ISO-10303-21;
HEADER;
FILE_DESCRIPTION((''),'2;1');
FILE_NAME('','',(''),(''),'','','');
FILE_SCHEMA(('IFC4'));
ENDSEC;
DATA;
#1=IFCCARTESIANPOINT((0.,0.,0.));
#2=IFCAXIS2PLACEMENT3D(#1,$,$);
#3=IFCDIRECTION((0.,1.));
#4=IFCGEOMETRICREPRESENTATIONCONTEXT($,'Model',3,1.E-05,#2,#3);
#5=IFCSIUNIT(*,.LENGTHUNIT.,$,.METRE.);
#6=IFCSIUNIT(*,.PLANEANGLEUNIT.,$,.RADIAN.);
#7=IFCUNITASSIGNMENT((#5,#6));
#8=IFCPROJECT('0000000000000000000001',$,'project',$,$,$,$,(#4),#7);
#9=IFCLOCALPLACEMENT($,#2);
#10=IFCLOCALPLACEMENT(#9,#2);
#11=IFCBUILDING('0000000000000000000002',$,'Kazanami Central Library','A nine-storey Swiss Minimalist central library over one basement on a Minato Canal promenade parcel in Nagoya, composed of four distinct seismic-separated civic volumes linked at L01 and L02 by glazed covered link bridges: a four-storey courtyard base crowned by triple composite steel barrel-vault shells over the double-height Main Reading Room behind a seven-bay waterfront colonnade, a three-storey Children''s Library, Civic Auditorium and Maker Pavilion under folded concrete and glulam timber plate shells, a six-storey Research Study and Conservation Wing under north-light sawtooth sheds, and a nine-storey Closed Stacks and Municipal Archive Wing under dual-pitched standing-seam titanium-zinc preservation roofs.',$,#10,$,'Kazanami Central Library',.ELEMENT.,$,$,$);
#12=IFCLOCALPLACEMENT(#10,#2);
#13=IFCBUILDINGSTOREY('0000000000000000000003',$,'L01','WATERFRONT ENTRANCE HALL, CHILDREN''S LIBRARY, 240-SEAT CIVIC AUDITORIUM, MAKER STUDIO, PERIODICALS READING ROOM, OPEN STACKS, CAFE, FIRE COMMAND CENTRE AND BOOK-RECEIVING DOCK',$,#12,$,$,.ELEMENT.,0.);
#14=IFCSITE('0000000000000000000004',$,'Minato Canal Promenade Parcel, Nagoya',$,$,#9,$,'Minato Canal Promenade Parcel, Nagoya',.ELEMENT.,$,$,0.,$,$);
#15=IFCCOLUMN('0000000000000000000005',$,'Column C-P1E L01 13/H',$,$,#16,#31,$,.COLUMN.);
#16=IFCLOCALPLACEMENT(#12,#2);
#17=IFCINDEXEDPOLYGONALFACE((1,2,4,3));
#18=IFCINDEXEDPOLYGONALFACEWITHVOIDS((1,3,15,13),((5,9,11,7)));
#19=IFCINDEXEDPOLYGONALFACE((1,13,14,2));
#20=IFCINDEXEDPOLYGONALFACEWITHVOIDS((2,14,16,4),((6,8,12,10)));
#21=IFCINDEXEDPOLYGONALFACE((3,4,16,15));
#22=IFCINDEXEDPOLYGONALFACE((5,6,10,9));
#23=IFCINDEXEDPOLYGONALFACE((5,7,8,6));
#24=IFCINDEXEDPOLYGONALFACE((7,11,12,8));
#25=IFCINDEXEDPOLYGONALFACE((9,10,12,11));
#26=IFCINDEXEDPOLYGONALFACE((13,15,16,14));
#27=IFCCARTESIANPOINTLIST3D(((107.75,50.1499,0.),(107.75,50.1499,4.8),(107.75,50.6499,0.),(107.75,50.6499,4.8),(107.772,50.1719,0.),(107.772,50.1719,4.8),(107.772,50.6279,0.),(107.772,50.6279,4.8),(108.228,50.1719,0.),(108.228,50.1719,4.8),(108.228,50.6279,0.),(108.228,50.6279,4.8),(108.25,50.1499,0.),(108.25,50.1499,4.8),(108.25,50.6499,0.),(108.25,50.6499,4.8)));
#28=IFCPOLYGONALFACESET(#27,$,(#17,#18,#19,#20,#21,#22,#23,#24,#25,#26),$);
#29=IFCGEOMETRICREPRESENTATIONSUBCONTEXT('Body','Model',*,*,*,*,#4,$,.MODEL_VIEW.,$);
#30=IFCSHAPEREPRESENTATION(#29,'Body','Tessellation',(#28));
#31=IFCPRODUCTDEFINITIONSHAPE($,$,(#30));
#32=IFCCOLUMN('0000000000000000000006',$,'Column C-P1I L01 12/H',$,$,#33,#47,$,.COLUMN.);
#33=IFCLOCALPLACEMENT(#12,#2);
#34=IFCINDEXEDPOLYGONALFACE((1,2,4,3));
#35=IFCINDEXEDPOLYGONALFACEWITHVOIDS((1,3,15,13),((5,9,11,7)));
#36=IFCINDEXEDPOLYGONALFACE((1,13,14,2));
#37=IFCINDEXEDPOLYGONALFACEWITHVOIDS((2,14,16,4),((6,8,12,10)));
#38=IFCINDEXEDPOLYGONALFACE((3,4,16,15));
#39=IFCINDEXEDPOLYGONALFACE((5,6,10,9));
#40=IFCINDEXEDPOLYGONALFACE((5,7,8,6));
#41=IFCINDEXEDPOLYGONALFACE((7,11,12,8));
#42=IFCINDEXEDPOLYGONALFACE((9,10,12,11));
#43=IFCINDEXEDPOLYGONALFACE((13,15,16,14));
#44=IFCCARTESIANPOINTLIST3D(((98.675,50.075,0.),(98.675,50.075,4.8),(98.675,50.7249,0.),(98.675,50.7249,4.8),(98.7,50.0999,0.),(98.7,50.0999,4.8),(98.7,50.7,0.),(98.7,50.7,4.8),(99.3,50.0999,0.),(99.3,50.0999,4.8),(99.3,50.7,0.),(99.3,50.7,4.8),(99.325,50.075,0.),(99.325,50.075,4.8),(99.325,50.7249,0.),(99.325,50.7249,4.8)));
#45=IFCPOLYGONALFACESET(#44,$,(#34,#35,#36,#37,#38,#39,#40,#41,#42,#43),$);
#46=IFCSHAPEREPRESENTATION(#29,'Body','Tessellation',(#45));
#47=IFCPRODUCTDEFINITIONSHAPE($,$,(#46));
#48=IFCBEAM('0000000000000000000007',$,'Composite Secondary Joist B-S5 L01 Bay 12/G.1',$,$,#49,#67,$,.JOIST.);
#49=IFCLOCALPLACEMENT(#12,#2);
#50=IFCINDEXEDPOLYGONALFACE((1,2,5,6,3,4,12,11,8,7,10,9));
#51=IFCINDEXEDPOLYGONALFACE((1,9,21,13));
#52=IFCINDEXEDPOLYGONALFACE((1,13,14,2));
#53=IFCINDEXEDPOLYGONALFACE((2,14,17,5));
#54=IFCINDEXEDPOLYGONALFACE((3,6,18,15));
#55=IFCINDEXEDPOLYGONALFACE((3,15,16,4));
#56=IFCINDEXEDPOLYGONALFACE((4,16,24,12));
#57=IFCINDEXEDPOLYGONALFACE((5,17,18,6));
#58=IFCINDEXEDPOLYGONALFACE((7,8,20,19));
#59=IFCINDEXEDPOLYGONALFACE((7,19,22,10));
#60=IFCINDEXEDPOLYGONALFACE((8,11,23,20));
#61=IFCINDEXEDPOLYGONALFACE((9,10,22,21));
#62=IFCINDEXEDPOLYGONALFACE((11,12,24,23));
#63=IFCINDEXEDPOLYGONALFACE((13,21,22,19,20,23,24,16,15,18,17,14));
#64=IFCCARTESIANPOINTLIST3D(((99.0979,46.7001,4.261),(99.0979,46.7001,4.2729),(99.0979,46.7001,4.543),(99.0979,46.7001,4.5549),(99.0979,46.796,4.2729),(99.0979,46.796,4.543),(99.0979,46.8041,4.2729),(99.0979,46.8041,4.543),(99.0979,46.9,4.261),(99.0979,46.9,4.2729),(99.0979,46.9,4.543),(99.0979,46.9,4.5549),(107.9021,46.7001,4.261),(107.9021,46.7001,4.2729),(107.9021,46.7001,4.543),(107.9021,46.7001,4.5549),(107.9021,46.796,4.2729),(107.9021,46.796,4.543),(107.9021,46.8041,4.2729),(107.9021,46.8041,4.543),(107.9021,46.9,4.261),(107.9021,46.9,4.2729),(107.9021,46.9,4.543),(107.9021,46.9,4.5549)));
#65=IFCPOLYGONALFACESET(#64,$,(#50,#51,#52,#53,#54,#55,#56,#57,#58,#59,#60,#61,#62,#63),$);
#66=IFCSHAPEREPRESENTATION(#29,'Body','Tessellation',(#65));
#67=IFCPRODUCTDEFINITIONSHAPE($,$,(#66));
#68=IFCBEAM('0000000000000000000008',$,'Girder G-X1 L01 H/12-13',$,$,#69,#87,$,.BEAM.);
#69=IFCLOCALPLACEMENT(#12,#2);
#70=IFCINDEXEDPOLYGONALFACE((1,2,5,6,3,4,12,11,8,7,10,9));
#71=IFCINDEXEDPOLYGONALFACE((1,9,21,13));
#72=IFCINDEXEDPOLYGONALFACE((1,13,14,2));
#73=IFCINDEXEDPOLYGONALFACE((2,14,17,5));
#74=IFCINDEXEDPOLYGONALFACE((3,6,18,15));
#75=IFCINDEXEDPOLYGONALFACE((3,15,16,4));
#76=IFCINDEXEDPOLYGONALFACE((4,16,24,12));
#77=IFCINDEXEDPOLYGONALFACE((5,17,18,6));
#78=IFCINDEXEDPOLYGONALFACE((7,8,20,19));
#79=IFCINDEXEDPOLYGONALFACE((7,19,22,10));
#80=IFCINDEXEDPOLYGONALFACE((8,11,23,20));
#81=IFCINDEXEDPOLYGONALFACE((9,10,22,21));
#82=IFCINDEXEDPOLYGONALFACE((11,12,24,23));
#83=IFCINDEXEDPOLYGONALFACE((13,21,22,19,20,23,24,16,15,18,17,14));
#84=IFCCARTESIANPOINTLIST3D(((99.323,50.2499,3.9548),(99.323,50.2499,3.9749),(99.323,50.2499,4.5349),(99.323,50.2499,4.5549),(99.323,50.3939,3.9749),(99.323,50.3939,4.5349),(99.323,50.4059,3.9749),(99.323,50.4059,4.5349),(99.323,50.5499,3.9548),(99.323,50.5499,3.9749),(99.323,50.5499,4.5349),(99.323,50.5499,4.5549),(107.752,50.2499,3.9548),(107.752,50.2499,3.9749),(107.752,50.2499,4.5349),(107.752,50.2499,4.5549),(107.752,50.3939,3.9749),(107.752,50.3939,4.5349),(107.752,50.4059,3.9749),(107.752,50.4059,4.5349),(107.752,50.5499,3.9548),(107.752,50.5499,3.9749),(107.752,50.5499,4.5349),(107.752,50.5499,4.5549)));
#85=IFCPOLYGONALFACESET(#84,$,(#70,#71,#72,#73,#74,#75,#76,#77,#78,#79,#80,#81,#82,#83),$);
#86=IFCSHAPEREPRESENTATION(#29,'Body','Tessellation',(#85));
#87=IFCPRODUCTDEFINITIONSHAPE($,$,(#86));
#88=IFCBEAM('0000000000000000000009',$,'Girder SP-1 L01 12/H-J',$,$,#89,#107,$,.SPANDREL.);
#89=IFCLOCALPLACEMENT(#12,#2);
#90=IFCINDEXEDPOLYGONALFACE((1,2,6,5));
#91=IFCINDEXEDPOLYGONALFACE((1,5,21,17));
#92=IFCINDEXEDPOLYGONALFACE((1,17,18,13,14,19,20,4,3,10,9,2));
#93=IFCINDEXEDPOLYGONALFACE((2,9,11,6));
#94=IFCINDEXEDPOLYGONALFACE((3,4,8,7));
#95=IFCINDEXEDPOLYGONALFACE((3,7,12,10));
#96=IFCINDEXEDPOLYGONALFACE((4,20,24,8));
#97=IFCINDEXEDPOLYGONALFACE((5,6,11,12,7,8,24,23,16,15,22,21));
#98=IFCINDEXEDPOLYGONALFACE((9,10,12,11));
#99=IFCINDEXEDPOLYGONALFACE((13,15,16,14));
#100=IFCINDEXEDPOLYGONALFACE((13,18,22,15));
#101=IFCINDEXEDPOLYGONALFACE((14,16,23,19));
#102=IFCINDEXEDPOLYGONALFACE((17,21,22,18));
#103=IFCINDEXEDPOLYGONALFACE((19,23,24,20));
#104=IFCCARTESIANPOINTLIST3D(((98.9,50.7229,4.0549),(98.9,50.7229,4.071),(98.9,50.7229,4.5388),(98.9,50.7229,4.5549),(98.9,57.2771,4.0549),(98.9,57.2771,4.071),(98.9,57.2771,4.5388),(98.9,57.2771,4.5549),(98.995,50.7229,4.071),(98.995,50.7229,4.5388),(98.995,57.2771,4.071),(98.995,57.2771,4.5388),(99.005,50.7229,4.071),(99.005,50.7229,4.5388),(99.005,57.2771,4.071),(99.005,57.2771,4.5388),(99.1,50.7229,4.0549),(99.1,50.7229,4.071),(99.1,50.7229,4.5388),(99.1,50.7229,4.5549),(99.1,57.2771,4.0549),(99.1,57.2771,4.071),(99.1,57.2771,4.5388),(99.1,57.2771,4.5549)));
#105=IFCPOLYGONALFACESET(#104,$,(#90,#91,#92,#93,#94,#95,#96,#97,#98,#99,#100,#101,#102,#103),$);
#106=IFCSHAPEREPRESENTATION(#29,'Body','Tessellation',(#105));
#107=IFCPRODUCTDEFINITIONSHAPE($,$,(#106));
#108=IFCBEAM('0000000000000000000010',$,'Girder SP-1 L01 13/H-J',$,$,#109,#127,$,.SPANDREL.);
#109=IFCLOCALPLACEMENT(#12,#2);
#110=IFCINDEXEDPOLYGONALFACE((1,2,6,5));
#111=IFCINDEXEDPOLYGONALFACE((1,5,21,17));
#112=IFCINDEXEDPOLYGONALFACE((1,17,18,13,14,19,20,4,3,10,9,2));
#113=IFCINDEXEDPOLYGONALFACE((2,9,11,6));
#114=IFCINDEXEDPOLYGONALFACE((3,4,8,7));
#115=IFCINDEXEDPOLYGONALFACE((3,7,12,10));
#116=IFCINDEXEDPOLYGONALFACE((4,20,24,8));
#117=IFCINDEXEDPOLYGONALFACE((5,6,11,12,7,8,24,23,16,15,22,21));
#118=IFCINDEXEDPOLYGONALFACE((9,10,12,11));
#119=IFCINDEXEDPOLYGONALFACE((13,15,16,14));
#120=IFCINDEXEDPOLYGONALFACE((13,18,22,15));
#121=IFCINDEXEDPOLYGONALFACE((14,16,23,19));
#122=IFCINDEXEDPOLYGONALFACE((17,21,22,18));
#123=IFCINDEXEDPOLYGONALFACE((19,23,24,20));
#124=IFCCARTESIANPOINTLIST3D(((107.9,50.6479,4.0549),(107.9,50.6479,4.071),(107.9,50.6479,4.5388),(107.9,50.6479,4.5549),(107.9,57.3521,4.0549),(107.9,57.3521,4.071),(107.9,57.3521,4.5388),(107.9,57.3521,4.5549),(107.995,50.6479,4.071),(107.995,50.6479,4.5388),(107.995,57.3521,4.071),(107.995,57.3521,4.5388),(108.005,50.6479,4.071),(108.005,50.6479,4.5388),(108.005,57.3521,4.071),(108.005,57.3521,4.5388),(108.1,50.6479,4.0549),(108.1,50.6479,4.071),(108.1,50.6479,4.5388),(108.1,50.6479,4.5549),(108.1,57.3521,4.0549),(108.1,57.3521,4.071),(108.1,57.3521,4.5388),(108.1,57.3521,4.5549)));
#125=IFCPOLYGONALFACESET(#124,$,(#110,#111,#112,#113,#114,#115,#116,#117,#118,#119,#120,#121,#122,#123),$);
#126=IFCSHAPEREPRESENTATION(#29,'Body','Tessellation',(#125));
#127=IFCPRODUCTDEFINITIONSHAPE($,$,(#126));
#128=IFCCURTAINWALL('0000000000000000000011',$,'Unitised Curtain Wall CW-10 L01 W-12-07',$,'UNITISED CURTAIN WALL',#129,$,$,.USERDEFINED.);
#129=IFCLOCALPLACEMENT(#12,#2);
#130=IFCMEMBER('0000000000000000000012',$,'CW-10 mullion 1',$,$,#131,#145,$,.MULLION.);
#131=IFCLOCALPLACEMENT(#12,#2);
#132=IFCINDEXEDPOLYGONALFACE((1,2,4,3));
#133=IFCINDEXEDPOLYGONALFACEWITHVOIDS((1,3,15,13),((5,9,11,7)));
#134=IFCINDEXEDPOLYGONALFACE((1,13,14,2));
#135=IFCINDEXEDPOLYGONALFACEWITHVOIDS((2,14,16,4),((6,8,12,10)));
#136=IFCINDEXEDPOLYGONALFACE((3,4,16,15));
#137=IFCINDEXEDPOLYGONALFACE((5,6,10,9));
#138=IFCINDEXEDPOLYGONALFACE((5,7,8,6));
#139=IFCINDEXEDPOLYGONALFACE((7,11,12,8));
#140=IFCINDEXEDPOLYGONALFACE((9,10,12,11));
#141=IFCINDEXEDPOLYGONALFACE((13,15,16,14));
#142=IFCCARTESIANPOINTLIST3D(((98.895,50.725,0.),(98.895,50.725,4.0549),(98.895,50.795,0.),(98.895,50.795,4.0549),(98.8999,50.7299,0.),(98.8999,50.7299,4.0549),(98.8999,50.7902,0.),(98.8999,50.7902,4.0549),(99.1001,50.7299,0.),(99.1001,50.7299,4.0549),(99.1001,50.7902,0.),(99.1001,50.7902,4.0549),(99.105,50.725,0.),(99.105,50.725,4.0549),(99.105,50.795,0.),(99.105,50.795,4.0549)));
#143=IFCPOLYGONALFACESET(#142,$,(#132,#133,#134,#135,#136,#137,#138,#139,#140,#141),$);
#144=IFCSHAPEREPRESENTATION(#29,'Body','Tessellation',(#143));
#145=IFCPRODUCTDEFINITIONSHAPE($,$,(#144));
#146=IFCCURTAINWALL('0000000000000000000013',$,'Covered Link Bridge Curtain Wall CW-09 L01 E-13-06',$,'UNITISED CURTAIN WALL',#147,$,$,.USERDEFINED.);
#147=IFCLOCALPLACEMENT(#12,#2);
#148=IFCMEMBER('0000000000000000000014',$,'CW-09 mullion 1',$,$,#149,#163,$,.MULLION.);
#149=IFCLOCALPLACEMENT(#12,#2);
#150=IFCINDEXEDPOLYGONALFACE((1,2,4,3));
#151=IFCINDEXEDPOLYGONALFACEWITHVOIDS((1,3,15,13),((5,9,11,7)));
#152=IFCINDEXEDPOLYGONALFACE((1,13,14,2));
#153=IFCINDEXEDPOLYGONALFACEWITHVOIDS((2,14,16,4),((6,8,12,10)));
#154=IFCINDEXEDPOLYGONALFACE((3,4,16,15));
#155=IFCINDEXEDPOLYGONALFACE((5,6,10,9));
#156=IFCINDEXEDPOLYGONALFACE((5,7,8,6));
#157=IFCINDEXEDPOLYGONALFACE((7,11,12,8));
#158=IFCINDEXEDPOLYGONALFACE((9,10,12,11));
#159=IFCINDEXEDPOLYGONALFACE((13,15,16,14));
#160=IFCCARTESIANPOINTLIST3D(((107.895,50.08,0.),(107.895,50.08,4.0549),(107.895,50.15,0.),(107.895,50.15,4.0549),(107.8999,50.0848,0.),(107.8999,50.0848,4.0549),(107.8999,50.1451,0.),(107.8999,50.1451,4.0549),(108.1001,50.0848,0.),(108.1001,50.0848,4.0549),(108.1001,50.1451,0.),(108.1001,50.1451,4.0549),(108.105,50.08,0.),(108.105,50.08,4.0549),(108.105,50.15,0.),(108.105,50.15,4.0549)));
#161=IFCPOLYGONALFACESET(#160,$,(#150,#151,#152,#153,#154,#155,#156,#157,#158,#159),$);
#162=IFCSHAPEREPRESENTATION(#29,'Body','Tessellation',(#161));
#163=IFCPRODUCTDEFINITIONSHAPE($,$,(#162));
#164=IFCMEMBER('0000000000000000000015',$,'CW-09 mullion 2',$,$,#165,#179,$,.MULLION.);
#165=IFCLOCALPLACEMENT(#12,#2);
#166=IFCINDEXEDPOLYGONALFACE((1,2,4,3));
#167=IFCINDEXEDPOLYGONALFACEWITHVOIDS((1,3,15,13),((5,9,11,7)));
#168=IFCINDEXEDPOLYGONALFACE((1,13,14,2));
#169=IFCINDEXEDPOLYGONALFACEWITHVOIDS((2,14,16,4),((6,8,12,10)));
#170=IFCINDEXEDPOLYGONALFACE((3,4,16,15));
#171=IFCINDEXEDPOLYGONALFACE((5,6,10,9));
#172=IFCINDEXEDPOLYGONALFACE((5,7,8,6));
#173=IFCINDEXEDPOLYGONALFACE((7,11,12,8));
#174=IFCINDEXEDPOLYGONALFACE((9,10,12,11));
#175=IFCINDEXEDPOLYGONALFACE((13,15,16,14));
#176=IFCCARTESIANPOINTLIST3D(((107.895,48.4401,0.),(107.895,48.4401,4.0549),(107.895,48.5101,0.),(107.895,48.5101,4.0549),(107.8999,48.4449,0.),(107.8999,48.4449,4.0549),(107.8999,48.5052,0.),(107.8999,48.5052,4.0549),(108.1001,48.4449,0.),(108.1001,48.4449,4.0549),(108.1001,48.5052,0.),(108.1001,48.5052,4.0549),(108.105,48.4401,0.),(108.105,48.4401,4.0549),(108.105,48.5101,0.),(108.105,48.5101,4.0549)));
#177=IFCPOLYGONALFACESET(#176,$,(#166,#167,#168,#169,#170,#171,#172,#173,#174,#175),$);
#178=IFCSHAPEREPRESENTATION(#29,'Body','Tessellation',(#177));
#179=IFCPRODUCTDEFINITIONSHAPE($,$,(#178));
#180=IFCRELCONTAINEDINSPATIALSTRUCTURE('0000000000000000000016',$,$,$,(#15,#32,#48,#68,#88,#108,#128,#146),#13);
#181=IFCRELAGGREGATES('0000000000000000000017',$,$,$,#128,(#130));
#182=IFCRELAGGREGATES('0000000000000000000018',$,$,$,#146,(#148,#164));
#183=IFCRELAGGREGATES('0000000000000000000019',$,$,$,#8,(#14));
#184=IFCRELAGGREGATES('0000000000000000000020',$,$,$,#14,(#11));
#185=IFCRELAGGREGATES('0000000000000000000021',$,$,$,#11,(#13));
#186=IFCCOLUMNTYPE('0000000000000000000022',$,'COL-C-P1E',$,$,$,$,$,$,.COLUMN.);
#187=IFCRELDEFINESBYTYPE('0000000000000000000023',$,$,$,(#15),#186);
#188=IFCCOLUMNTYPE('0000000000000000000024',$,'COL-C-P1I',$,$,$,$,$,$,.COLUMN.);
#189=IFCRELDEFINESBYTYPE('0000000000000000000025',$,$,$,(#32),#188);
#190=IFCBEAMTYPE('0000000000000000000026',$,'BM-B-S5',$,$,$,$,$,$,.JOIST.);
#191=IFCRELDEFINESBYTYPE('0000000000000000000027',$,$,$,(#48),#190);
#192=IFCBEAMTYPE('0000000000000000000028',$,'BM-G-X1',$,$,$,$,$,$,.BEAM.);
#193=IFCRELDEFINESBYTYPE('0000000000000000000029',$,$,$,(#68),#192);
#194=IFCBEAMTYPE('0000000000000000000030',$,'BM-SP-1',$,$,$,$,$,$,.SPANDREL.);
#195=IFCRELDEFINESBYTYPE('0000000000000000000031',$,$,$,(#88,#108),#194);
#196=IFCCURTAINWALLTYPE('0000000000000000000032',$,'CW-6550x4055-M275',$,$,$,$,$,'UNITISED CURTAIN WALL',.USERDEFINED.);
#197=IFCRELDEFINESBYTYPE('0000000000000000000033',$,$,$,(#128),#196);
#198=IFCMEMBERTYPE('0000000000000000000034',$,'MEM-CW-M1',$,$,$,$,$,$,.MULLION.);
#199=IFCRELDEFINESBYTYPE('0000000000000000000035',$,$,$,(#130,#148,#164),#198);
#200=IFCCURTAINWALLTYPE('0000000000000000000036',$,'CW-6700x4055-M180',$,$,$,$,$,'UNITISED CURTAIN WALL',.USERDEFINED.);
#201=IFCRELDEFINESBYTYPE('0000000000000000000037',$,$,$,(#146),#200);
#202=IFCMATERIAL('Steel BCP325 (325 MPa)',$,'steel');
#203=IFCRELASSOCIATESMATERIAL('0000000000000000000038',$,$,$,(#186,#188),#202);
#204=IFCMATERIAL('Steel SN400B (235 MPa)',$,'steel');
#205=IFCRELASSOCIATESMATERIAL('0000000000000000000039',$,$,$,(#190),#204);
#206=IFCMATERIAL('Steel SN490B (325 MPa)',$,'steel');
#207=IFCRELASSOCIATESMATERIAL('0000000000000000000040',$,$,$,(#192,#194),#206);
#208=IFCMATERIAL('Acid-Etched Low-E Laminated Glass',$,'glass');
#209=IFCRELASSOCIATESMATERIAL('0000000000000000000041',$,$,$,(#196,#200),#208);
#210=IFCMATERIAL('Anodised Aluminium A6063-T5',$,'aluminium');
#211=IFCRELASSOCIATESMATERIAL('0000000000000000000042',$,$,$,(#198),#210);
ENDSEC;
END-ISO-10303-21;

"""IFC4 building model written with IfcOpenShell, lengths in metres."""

from ifc_helpers import new_model, si_unit, direction, frame, origin, origin_2d, place, context, subcontext, project, spatial, hollow_rectangle, i_section, extrude, material, material_profile, profile_set, type_object, element, aggregate, save


model = new_model("IFC4")

# Units and contexts
model_context = context("Model", 3, precision=1e-05, world=origin(), true_north=direction((0.0, 1.0)))
body_context = subcontext(model_context, "Body", "Model", "MODEL_VIEW")
ifc_project = project(units=[si_unit("LENGTHUNIT", "METRE"), si_unit("PLANEANGLEUNIT", "RADIAN")], contexts=[model_context])

# Site, building, storey
site_placement = place(None, origin())
site = spatial("IfcSite", under=ifc_project, at=site_placement, Name="Minato Canal Promenade Parcel, Nagoya", LongName="Minato Canal Promenade Parcel, Nagoya", CompositionType="ELEMENT", RefElevation=0.0)
building_placement = place(site_placement, origin())
building = spatial("IfcBuilding", under=site, at=building_placement, Name="Kazanami Central Library", Description="A nine-storey Swiss Minimalist central library over one basement on a Minato Canal promenade parcel in Nagoya, composed of four distinct seismic-separated civic volumes linked at L01 and L02 by glazed covered link bridges: a four-storey courtyard base crowned by triple composite steel barrel-vault shells over the double-height Main Reading Room behind a seven-bay waterfront colonnade, a three-storey Children's Library, Civic Auditorium and Maker Pavilion under folded concrete and glulam timber plate shells, a six-storey Research Study and Conservation Wing under north-light sawtooth sheds, and a nine-storey Closed Stacks and Municipal Archive Wing under dual-pitched standing-seam titanium-zinc preservation roofs.", LongName="Kazanami Central Library", CompositionType="ELEMENT")
storey_placement = place(building_placement, origin())
storey = spatial("IfcBuildingStorey", under=building, at=storey_placement, Name="L01", Description="WATERFRONT ENTRANCE HALL, CHILDREN'S LIBRARY, 240-SEAT CIVIC AUDITORIUM, MAKER STUDIO, PERIODICALS READING ROOM, OPEN STACKS, CAFE, FIRE COMMAND CENTRE AND BOOK-RECEIVING DOCK", CompositionType="ELEMENT", Elevation=0.0)

# Columns
ifc_material_1 = material(Name="Steel BCP325 (325 MPa)", Category="steel")
ifc_material_profile_1 = material_profile(ifc_material_1, hollow_rectangle(XDim=0.5, YDim=0.5, WallThickness=0.022, at=origin_2d()), Name="BCP-500x500x22")
ifc_profile_set_1 = profile_set([ifc_material_profile_1], Name="Steel BCP325 (325 MPa)")
column_type_1 = type_object("IfcColumnType", Name="COL-C-P1E", PredefinedType="COLUMN", material=ifc_profile_set_1)
column_1_placement = place(storey_placement, frame((108.0, 50.3999, 0.0), z_axis=(0.0, 0.0, 1.0), x_axis=(1.0, 0.0, 0.0)))
element("IfcColumn", 1, at=column_1_placement, inside=storey, type_object=column_type_1, Name="Column C-P1E L01 13/H", PredefinedType="COLUMN", context=body_context, shape_type="SweptSolid", body=[
    extrude(hollow_rectangle(XDim=0.5, YDim=0.5, WallThickness=0.022, at=origin_2d()), origin(), (0.0, 0.0, 1.0), 4.8),
])
ifc_material_profile_2 = material_profile(ifc_material_1, hollow_rectangle(XDim=0.6499, YDim=0.6499, WallThickness=0.0249, at=origin_2d()), Name="BCP-650x650x25")
ifc_profile_set_2 = profile_set([ifc_material_profile_2], Name="Steel BCP325 (325 MPa)")
column_type_2 = type_object("IfcColumnType", Name="COL-C-P1I", PredefinedType="COLUMN", material=ifc_profile_set_2)
column_2_placement = place(storey_placement, frame((99.0, 50.3999, 0.0), z_axis=(0.0, 0.0, 1.0), x_axis=(1.0, 0.0, 0.0)))
element("IfcColumn", 2, at=column_2_placement, inside=storey, type_object=column_type_2, Name="Column C-P1I L01 12/H", PredefinedType="COLUMN", context=body_context, shape_type="SweptSolid", body=[
    extrude(hollow_rectangle(XDim=0.6499, YDim=0.6499, WallThickness=0.0249, at=origin_2d()), origin(), (0.0, 0.0, 1.0), 4.8),
])

# Beams
ifc_material_2 = material(Name="Steel SN400B (235 MPa)", Category="steel")
ifc_material_profile_3 = material_profile(ifc_material_2, i_section(OverallWidth=0.2, OverallDepth=0.2939, WebThickness=0.0081, FlangeThickness=0.012, at=origin_2d()), Name="H-294x200x8x12")
ifc_profile_set_3 = profile_set([ifc_material_profile_3], Name="Steel SN400B (235 MPa)")
beam_type_1 = type_object("IfcBeamType", Name="BM-B-S5", PredefinedType="JOIST", material=ifc_profile_set_3)
beam_1_placement = place(storey_placement, frame((99.0979, 46.8, 4.408), z_axis=(1.0, 0.0, 0.0), x_axis=(0.0, 1.0, 0.0)))
element("IfcBeam", 3, at=beam_1_placement, inside=storey, type_object=beam_type_1, Name="Composite Secondary Joist B-S5 L01 Bay 12/G.1", PredefinedType="JOIST", context=body_context, shape_type="SweptSolid", body=[
    extrude(i_section(OverallWidth=0.2, OverallDepth=0.2939, WebThickness=0.0081, FlangeThickness=0.012, at=origin_2d()), origin(), (0.0, 0.0, 1.0), 8.8042),
])
ifc_material_3 = material(Name="Steel SN490B (325 MPa)", Category="steel")
ifc_material_profile_4 = material_profile(ifc_material_3, i_section(OverallWidth=0.3, OverallDepth=0.6001, WebThickness=0.012, FlangeThickness=0.02, at=origin_2d()), Name="H-600x300x12x20")
ifc_profile_set_4 = profile_set([ifc_material_profile_4], Name="Steel SN490B (325 MPa)")
beam_type_2 = type_object("IfcBeamType", Name="BM-G-X1", PredefinedType="BEAM", material=ifc_profile_set_4)
beam_2_placement = place(storey_placement, frame((99.323, 50.3999, 4.2549), z_axis=(1.0, 0.0, 0.0), x_axis=(0.0, 1.0, 0.0)))
element("IfcBeam", 4, at=beam_2_placement, inside=storey, type_object=beam_type_2, Name="Girder G-X1 L01 H/12-13", PredefinedType="BEAM", context=body_context, shape_type="SweptSolid", body=[
    extrude(i_section(OverallWidth=0.3, OverallDepth=0.6001, WebThickness=0.012, FlangeThickness=0.02, at=origin_2d()), origin(), (0.0, 0.0, 1.0), 8.429),
])
ifc_material_profile_5 = material_profile(ifc_material_3, i_section(OverallWidth=0.2, OverallDepth=0.5, WebThickness=0.01, FlangeThickness=0.0161, at=origin_2d()), Name="H-500x200x10x16")
ifc_profile_set_5 = profile_set([ifc_material_profile_5], Name="Steel SN490B (325 MPa)")
beam_type_3 = type_object("IfcBeamType", Name="BM-SP-1", PredefinedType="SPANDREL", material=ifc_profile_set_5)
beam_3_placement = place(storey_placement, frame((99.0, 50.7229, 4.3049), z_axis=(0.0, 1.0, 0.0), x_axis=(-1.0, 0.0, 0.0)))
element("IfcBeam", 5, at=beam_3_placement, inside=storey, type_object=beam_type_3, Name="Girder SP-1 L01 12/H-J", PredefinedType="SPANDREL", context=body_context, shape_type="SweptSolid", body=[
    extrude(i_section(OverallWidth=0.2, OverallDepth=0.5, WebThickness=0.01, FlangeThickness=0.0161, at=origin_2d()), origin(), (0.0, 0.0, 1.0), 6.5542),
])
beam_4_placement = place(storey_placement, frame((108.0, 50.6479, 4.3049), z_axis=(0.0, 1.0, 0.0), x_axis=(-1.0, 0.0, 0.0)))
element("IfcBeam", 6, at=beam_4_placement, inside=storey, type_object=beam_type_3, Name="Girder SP-1 L01 13/H-J", PredefinedType="SPANDREL", context=body_context, shape_type="SweptSolid", body=[
    extrude(i_section(OverallWidth=0.2, OverallDepth=0.5, WebThickness=0.01, FlangeThickness=0.0161, at=origin_2d()), origin(), (0.0, 0.0, 1.0), 6.7041),
])

# Curtain wall, member
ifc_material_4 = material(Name="Acid-Etched Low-E Laminated Glass", Category="glass")
curtain_wall_type_1 = type_object("IfcCurtainWallType", Name="CW-6550x4055-M275", ElementType="UNITISED CURTAIN WALL", PredefinedType="USERDEFINED", material=ifc_material_4)
curtain_wall_1_placement = place(storey_placement, origin())
curtain_wall_1 = element("IfcCurtainWall", 7, at=curtain_wall_1_placement, inside=storey, type_object=curtain_wall_type_1, Name="Unitised Curtain Wall CW-10 L01 W-12-07", ObjectType="UNITISED CURTAIN WALL", PredefinedType="USERDEFINED")
ifc_material_5 = material(Name="Anodised Aluminium A6063-T5", Category="aluminium")
ifc_material_profile_6 = material_profile(ifc_material_5, hollow_rectangle(XDim=0.0701, YDim=0.21, WallThickness=0.0049, at=origin_2d()), Name="ALU-MULL-70x210x5")
ifc_profile_set_6 = profile_set([ifc_material_profile_6], Name="Anodised Aluminium A6063-T5")
member_type_1 = type_object("IfcMemberType", Name="MEM-CW-M1", PredefinedType="MULLION", material=ifc_profile_set_6)
member_1_placement = place(storey_placement, frame((99.0, 50.76, 0.0), z_axis=(0.0, 0.0, 1.0), x_axis=(0.0, 1.0, 0.0)))
member_1 = element("IfcMember", 8, at=member_1_placement, type_object=member_type_1, Name="CW-10 mullion 1", PredefinedType="MULLION", context=body_context, shape_type="SweptSolid", body=[
    extrude(hollow_rectangle(XDim=0.0701, YDim=0.21, WallThickness=0.0049, at=origin_2d()), origin(), (0.0, 0.0, 1.0), 4.0549),
])

# Curtain wall, members
curtain_wall_type_2 = type_object("IfcCurtainWallType", Name="CW-6700x4055-M180", ElementType="UNITISED CURTAIN WALL", PredefinedType="USERDEFINED", material=ifc_material_4)
curtain_wall_2_placement = place(storey_placement, origin())
curtain_wall_2 = element("IfcCurtainWall", 9, at=curtain_wall_2_placement, inside=storey, type_object=curtain_wall_type_2, Name="Covered Link Bridge Curtain Wall CW-09 L01 E-13-06", ObjectType="UNITISED CURTAIN WALL", PredefinedType="USERDEFINED")
member_2_placement = place(storey_placement, frame((108.0, 50.115, 0.0), z_axis=(0.0, 0.0, 1.0), x_axis=(0.0, -1.0, 0.0)))
member_2 = element("IfcMember", 10, at=member_2_placement, type_object=member_type_1, Name="CW-09 mullion 1", PredefinedType="MULLION", context=body_context, shape_type="SweptSolid", body=[
    extrude(hollow_rectangle(XDim=0.0701, YDim=0.21, WallThickness=0.0049, at=origin_2d()), origin(), (0.0, 0.0, 1.0), 4.0549),
])
member_3_placement = place(storey_placement, frame((108.0, 48.4751, 0.0), z_axis=(0.0, 0.0, 1.0), x_axis=(0.0, -1.0, 0.0)))
member_3 = element("IfcMember", 11, at=member_3_placement, type_object=member_type_1, Name="CW-09 mullion 2", PredefinedType="MULLION", context=body_context, shape_type="SweptSolid", body=[
    extrude(hollow_rectangle(XDim=0.0701, YDim=0.21, WallThickness=0.0049, at=origin_2d()), origin(), (0.0, 0.0, 1.0), 4.0549),
])

aggregate(curtain_wall_1, [member_1])
aggregate(curtain_wall_2, [member_2, member_3])

save(model, "model.ifc")
